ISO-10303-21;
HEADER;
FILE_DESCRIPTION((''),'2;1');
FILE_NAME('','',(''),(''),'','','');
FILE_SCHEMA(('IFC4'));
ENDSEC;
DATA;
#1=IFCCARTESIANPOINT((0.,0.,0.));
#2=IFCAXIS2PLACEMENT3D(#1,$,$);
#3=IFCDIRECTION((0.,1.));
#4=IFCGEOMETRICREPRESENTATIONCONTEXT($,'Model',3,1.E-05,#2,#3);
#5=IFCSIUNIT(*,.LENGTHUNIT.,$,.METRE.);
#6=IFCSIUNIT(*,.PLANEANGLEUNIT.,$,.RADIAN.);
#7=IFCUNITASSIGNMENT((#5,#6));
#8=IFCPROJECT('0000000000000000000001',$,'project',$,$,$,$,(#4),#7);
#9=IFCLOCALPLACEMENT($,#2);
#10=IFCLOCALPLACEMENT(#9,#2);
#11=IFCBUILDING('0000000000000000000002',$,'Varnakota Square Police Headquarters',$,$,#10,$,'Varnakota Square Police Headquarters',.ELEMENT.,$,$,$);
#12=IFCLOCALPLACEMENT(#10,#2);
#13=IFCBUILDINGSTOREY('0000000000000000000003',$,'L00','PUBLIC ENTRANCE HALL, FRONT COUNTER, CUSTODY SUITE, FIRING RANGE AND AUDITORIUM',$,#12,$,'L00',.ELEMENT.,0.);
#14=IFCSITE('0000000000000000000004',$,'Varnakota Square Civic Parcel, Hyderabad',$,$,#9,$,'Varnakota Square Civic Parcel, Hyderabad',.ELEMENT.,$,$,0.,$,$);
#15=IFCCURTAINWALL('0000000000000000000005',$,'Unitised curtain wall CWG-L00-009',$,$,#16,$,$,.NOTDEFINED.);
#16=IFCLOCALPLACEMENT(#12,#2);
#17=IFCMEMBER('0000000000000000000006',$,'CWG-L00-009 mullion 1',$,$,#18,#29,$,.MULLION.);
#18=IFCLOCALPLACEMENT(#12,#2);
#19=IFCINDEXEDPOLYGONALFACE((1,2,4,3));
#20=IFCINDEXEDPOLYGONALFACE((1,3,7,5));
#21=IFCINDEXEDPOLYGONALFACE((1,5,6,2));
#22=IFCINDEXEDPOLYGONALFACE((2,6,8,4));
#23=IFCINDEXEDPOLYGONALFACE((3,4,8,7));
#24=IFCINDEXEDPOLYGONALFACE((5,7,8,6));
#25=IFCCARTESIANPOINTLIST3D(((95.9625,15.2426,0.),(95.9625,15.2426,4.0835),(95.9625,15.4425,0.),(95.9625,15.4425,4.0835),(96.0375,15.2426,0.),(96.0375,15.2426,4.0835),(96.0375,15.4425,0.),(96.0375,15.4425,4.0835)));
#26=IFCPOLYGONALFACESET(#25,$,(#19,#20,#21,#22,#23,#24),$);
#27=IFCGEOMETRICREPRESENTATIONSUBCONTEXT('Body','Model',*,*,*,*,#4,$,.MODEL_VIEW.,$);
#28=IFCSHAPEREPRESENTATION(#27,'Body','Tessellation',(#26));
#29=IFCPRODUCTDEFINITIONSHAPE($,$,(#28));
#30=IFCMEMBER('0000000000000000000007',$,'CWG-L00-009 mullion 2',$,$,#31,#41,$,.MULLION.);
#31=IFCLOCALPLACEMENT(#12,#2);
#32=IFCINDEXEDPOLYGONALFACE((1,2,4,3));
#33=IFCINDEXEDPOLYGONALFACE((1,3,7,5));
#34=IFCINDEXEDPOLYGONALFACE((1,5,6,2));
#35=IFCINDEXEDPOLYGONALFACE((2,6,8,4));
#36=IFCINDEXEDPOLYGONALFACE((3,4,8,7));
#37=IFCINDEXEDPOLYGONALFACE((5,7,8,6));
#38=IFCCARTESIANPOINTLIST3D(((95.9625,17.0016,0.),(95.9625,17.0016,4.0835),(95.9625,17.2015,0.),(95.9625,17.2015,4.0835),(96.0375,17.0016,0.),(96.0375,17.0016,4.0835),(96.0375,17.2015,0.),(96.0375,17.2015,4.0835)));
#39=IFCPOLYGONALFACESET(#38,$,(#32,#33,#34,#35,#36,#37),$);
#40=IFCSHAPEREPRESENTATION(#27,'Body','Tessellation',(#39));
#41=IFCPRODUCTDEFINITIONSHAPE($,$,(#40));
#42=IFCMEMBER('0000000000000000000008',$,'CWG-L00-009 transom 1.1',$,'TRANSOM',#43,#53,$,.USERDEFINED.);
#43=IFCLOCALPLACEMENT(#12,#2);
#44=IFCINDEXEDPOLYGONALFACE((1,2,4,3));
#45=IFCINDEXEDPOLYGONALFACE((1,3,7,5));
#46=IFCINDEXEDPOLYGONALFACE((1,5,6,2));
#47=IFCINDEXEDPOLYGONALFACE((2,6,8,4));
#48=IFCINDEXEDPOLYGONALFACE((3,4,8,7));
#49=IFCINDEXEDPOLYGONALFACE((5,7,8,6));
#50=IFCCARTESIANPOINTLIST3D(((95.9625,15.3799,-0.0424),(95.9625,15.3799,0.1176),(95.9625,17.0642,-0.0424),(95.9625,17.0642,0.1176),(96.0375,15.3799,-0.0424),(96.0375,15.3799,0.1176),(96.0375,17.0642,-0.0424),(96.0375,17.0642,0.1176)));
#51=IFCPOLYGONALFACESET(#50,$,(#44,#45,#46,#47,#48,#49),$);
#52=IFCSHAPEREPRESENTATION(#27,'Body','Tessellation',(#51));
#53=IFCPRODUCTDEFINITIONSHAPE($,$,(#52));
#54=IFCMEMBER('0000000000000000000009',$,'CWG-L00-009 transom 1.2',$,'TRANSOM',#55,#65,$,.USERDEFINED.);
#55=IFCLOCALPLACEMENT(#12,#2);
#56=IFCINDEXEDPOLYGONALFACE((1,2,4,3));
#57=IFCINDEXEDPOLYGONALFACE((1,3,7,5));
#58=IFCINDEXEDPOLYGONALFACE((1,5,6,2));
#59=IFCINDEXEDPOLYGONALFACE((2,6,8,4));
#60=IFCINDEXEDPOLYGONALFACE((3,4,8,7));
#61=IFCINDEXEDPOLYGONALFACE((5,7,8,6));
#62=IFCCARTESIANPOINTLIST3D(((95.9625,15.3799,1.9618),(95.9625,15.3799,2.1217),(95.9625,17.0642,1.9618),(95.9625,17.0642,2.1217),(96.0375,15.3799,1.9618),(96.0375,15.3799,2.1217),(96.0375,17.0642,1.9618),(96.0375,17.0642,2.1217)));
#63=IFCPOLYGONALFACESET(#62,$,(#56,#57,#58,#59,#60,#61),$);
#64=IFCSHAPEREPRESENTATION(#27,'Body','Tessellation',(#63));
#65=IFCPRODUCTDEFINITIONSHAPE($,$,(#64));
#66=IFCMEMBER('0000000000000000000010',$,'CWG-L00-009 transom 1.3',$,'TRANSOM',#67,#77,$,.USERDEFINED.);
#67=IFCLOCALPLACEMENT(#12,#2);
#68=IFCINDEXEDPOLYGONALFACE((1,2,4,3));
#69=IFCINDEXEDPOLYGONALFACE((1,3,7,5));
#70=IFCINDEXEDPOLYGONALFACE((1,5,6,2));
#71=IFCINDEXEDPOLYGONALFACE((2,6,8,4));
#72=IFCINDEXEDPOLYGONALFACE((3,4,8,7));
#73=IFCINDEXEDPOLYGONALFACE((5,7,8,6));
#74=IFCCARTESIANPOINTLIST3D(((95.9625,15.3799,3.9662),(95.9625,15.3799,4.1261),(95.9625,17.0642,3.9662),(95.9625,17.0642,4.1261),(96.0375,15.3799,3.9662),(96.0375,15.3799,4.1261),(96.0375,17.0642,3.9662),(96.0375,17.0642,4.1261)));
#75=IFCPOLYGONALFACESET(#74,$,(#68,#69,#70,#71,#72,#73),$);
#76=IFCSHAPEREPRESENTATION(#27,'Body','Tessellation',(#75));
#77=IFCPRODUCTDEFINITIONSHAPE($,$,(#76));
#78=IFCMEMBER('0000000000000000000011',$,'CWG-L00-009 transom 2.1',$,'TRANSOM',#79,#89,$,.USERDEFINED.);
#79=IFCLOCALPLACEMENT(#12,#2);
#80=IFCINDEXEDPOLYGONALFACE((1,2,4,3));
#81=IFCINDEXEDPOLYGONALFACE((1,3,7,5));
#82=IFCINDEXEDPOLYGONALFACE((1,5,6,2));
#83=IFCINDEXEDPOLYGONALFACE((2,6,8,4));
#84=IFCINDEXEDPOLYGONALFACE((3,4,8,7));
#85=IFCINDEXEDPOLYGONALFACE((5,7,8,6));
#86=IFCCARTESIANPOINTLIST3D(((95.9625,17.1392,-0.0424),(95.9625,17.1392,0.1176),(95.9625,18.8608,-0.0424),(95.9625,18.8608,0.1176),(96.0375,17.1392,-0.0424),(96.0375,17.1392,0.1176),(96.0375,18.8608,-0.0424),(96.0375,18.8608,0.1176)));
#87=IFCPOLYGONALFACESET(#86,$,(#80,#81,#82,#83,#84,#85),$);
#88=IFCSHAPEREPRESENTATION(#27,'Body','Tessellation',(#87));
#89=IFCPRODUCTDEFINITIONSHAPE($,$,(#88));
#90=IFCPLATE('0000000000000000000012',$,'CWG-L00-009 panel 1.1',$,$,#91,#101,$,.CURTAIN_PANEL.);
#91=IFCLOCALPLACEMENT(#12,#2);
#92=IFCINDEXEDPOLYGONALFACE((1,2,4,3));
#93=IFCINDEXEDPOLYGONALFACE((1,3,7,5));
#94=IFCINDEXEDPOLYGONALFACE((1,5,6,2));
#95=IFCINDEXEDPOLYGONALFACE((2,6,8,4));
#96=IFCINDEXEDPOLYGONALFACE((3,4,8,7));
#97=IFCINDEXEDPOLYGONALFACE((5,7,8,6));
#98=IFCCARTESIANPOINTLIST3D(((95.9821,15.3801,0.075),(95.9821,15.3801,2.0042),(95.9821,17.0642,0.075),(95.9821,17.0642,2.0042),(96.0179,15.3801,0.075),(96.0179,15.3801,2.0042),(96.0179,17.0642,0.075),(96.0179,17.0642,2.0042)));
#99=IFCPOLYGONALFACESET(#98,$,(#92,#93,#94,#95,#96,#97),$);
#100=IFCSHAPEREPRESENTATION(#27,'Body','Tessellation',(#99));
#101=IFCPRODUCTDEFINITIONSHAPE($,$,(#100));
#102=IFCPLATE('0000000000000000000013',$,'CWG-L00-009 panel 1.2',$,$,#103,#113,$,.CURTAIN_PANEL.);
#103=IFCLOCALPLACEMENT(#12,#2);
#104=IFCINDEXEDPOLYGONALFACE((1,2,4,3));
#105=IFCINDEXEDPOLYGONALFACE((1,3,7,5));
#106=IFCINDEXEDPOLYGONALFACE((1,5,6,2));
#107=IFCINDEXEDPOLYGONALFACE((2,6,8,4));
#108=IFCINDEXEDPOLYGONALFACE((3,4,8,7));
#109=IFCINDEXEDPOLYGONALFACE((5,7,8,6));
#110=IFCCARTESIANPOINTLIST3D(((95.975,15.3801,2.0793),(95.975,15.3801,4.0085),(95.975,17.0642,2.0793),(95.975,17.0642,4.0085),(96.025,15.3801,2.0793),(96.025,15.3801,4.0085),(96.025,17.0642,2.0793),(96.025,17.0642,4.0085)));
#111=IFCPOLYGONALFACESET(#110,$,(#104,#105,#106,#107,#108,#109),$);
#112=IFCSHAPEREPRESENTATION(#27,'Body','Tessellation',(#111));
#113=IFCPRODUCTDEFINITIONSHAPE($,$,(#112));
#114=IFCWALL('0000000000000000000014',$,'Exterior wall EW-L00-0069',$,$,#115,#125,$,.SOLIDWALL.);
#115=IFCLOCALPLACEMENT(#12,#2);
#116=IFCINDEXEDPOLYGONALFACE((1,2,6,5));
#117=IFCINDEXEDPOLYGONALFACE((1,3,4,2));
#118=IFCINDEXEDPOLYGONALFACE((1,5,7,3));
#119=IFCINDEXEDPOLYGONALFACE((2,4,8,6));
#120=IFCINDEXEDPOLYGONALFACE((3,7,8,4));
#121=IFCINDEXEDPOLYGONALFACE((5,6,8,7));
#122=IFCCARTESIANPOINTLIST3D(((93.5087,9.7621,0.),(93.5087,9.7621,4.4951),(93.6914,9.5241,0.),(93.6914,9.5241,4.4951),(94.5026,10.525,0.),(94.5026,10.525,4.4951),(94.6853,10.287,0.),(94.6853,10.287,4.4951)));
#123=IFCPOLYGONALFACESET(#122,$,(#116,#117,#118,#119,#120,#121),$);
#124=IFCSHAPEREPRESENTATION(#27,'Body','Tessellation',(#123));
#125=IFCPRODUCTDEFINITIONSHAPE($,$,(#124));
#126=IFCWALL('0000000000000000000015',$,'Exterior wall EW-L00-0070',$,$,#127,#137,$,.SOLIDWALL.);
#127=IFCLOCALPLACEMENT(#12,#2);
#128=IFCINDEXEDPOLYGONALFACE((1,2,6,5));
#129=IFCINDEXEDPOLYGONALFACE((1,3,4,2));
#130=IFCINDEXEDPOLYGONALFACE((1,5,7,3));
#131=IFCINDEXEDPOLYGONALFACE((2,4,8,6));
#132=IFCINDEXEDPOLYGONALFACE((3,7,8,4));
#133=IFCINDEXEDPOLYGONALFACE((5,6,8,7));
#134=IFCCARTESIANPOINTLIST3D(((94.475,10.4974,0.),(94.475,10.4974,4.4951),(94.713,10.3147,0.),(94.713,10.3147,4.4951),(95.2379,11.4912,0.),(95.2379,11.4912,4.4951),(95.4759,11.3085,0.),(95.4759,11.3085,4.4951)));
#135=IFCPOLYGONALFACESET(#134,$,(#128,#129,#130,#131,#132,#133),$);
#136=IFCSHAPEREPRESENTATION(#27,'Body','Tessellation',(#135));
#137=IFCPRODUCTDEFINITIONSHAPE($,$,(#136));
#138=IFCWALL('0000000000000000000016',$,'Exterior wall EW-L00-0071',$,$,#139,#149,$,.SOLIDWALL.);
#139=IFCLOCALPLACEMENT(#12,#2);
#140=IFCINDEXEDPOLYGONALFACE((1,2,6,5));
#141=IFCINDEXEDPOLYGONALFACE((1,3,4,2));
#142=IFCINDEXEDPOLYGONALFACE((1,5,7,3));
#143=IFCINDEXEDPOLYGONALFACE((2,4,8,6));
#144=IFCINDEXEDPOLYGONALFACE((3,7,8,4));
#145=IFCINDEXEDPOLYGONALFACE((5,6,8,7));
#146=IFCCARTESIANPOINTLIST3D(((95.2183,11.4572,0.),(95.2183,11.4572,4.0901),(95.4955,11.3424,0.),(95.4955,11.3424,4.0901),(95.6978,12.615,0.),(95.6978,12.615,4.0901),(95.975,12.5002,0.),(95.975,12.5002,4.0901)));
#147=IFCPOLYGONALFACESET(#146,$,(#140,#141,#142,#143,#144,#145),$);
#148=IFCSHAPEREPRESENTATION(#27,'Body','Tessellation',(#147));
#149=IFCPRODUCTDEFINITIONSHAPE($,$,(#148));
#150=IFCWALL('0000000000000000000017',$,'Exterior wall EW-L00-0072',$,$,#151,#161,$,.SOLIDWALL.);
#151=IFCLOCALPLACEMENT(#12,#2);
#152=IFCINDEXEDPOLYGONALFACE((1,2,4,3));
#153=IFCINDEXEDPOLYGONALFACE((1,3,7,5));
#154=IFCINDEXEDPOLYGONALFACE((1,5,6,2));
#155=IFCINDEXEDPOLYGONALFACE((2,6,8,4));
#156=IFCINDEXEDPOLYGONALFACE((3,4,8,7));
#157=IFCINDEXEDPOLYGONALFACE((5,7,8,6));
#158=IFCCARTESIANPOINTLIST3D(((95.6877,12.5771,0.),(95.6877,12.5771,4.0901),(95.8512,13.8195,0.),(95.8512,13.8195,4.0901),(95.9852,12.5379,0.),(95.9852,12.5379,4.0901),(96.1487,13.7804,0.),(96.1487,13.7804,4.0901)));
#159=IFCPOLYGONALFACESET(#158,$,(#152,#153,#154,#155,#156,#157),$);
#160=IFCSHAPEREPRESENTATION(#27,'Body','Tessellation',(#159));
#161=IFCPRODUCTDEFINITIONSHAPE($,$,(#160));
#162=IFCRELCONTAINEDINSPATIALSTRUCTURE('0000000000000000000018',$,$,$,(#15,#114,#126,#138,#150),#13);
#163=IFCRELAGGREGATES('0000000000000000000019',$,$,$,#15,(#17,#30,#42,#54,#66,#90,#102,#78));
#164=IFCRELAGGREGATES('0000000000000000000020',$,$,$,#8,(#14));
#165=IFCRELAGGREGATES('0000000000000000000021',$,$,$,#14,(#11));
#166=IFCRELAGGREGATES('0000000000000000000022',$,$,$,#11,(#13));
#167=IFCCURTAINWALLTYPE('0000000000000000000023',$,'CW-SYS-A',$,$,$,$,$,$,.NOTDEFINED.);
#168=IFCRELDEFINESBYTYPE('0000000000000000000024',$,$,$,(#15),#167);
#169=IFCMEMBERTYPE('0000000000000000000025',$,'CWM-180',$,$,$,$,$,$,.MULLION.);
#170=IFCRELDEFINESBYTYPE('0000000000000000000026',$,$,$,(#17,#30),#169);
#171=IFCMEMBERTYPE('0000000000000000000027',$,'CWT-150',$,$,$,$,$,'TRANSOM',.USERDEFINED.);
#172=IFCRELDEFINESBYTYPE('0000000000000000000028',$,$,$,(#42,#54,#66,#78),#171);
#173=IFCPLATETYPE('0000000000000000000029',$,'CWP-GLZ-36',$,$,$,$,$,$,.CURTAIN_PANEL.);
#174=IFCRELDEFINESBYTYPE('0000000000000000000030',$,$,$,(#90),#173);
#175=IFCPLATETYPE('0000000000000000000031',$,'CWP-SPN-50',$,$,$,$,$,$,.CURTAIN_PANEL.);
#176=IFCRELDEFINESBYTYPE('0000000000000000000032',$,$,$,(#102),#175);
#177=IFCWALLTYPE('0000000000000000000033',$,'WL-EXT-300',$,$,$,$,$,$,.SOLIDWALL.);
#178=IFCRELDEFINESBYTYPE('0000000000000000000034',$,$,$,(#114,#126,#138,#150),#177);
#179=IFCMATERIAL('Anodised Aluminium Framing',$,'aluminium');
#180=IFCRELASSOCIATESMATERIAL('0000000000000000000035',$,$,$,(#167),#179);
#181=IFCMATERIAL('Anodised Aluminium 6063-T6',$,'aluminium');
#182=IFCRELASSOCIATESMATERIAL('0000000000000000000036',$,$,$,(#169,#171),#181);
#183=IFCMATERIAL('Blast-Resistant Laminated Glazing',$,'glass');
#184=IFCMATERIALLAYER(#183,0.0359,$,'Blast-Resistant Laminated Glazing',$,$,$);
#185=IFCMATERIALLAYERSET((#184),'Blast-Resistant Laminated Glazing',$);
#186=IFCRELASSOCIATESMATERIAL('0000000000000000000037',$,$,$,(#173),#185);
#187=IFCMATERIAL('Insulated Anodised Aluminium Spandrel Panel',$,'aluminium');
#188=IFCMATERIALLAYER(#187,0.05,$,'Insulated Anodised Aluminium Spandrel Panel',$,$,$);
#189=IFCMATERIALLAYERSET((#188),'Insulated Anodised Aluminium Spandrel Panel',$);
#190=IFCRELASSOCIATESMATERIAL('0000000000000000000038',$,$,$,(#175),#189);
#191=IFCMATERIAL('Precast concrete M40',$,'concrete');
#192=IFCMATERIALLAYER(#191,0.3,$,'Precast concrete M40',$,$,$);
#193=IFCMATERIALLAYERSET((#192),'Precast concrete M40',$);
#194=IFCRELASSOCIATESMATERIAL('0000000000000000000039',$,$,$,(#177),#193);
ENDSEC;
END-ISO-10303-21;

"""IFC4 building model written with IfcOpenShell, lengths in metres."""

from ifc_helpers import new_model, si_unit, direction, frame, frame_2d, origin, origin_2d, place, context, subcontext, project, spatial, rectangle, extrude, material, layer, layer_set, material_profile, profile_set, type_object, element, aggregate, save


model = new_model("IFC4")

# Units and contexts
model_context = context("Model", 3, precision=1e-05, world=origin(), true_north=direction((0.0, 1.0)))
body_context = subcontext(model_context, "Body", "Model", "MODEL_VIEW")
ifc_project = project(units=[si_unit("LENGTHUNIT", "METRE"), si_unit("PLANEANGLEUNIT", "RADIAN")], contexts=[model_context])

# Site, building, storey
site_placement = place(None, origin())
site = spatial("IfcSite", under=ifc_project, at=site_placement, Name="Varnakota Square Civic Parcel, Hyderabad", LongName="Varnakota Square Civic Parcel, Hyderabad", CompositionType="ELEMENT", RefElevation=0.0)
building_placement = place(site_placement, origin())
building = spatial("IfcBuilding", under=site, at=building_placement, Name="Varnakota Square Police Headquarters", LongName="Varnakota Square Police Headquarters", CompositionType="ELEMENT")
storey_placement = place(building_placement, origin())
storey = spatial("IfcBuildingStorey", under=building, at=storey_placement, Name="L00", Description="PUBLIC ENTRANCE HALL, FRONT COUNTER, CUSTODY SUITE, FIRING RANGE AND AUDITORIUM", LongName="L00", CompositionType="ELEMENT", Elevation=0.0)

# Curtain wall, members, plates
ifc_material_1 = material(Name="Anodised Aluminium Framing", Category="aluminium")
curtain_wall_type = type_object("IfcCurtainWallType", Name="CW-SYS-A", PredefinedType="NOTDEFINED", material=ifc_material_1)
curtain_wall_placement = place(storey_placement, origin())
curtain_wall = element("IfcCurtainWall", 1, at=curtain_wall_placement, inside=storey, type_object=curtain_wall_type, Name="Unitised curtain wall CWG-L00-009", PredefinedType="NOTDEFINED")
ifc_material_2 = material(Name="Anodised Aluminium 6063-T6", Category="aluminium")
ifc_material_profile_1 = material_profile(ifc_material_2, rectangle(XDim=0.075, YDim=0.2, at=origin_2d()), Name="ALU MULLION 75x200")
ifc_profile_set_1 = profile_set([ifc_material_profile_1], Name="Anodised Aluminium 6063-T6")
member_type_1 = type_object("IfcMemberType", Name="CWM-180", PredefinedType="MULLION", material=ifc_profile_set_1)
member_1_placement = place(storey_placement, frame((96.0, 15.3425, 0.0), z_axis=(0.0, 0.0, 1.0), x_axis=(-1.0, 0.0, 0.0)))
member_1 = element("IfcMember", 2, at=member_1_placement, type_object=member_type_1, Name="CWG-L00-009 mullion 1", PredefinedType="MULLION", context=body_context, shape_type="SweptSolid", body=[
    extrude(rectangle(XDim=0.075, YDim=0.2, at=origin_2d()), origin(), (0.0, 0.0, 1.0), 4.0835),
])
member_2_placement = place(storey_placement, frame((96.0, 17.1016, 0.0), z_axis=(0.0, 0.0, 1.0), x_axis=(-1.0, 0.0, 0.0)))
member_2 = element("IfcMember", 3, at=member_2_placement, type_object=member_type_1, Name="CWG-L00-009 mullion 2", PredefinedType="MULLION", context=body_context, shape_type="SweptSolid", body=[
    extrude(rectangle(XDim=0.075, YDim=0.2, at=origin_2d()), origin(), (0.0, 0.0, 1.0), 4.0835),
])
ifc_material_profile_2 = material_profile(ifc_material_2, rectangle(XDim=0.075, YDim=0.1599, at=origin_2d()), Name="ALU TRANSOM 75x160")
ifc_profile_set_2 = profile_set([ifc_material_profile_2], Name="Anodised Aluminium 6063-T6")
member_type_2 = type_object("IfcMemberType", Name="CWT-150", ElementType="TRANSOM", PredefinedType="USERDEFINED", material=ifc_profile_set_2)
member_3_placement = place(storey_placement, frame((96.0, 15.3799, 0.0376), z_axis=(0.0, 1.0, 0.0), x_axis=(-1.0, 0.0, 0.0)))
member_3 = element("IfcMember", 4, at=member_3_placement, type_object=member_type_2, Name="CWG-L00-009 transom 1.1", ObjectType="TRANSOM", PredefinedType="USERDEFINED", context=body_context, shape_type="SweptSolid", body=[
    extrude(rectangle(XDim=0.075, YDim=0.1599, at=origin_2d()), origin(), (0.0, 0.0, 1.0), 1.6843),
])
member_4_placement = place(storey_placement, frame((96.0, 15.3799, 2.0417), z_axis=(0.0, 1.0, 0.0), x_axis=(-1.0, 0.0, 0.0)))
member_4 = element("IfcMember", 5, at=member_4_placement, type_object=member_type_2, Name="CWG-L00-009 transom 1.2", ObjectType="TRANSOM", PredefinedType="USERDEFINED", context=body_context, shape_type="SweptSolid", body=[
    extrude(rectangle(XDim=0.075, YDim=0.1599, at=origin_2d()), origin(), (0.0, 0.0, 1.0), 1.6843),
])
member_5_placement = place(storey_placement, frame((96.0, 15.3799, 4.0461), z_axis=(0.0, 1.0, 0.0), x_axis=(-1.0, 0.0, 0.0)))
member_5 = element("IfcMember", 6, at=member_5_placement, type_object=member_type_2, Name="CWG-L00-009 transom 1.3", ObjectType="TRANSOM", PredefinedType="USERDEFINED", context=body_context, shape_type="SweptSolid", body=[
    extrude(rectangle(XDim=0.075, YDim=0.1599, at=origin_2d()), origin(), (0.0, 0.0, 1.0), 1.6843),
])
member_6_placement = place(storey_placement, frame((96.0, 17.1392, 0.0376), z_axis=(0.0, 1.0, 0.0), x_axis=(-1.0, 0.0, 0.0)))
member_6 = element("IfcMember", 7, at=member_6_placement, type_object=member_type_2, Name="CWG-L00-009 transom 2.1", ObjectType="TRANSOM", PredefinedType="USERDEFINED", context=body_context, shape_type="SweptSolid", body=[
    extrude(rectangle(XDim=0.075, YDim=0.1599, at=origin_2d()), origin(), (0.0, 0.0, 1.0), 1.7217),
])
ifc_material_3 = material(Name="Blast-Resistant Laminated Glazing", Category="glass")
ifc_layer_1 = layer(ifc_material_3, 0.0359, Name="Blast-Resistant Laminated Glazing")
ifc_layer_set_1 = layer_set([ifc_layer_1], Name="Blast-Resistant Laminated Glazing")
plate_type_1 = type_object("IfcPlateType", Name="CWP-GLZ-36", PredefinedType="CURTAIN_PANEL", material=ifc_layer_set_1)
plate_1_placement = place(storey_placement, frame((96.0, 16.2222, 0.075), z_axis=(0.0, 0.0, 1.0), x_axis=(0.0, 1.0, 0.0)))
plate_1 = element("IfcPlate", 8, at=plate_1_placement, type_object=plate_type_1, Name="CWG-L00-009 panel 1.1", PredefinedType="CURTAIN_PANEL", context=body_context, shape_type="SweptSolid", body=[
    extrude(rectangle(XDim=1.6841, YDim=0.0359, at=origin_2d()), origin(), (0.0, 0.0, 1.0), 1.9292),
])
ifc_material_4 = material(Name="Insulated Anodised Aluminium Spandrel Panel", Category="aluminium")
ifc_layer_2 = layer(ifc_material_4, 0.05, Name="Insulated Anodised Aluminium Spandrel Panel")
ifc_layer_set_2 = layer_set([ifc_layer_2], Name="Insulated Anodised Aluminium Spandrel Panel")
plate_type_2 = type_object("IfcPlateType", Name="CWP-SPN-50", PredefinedType="CURTAIN_PANEL", material=ifc_layer_set_2)
plate_2_placement = place(storey_placement, frame((96.0, 16.2222, 2.0793), z_axis=(0.0, 0.0, 1.0), x_axis=(0.0, 1.0, 0.0)))
plate_2 = element("IfcPlate", 9, at=plate_2_placement, type_object=plate_type_2, Name="CWG-L00-009 panel 1.2", PredefinedType="CURTAIN_PANEL", context=body_context, shape_type="SweptSolid", body=[
    extrude(rectangle(XDim=1.6841, YDim=0.05, at=origin_2d()), origin(), (0.0, 0.0, 1.0), 1.9292),
])
aggregate(curtain_wall, [member_1, member_2, member_3, member_4, member_5, plate_1, plate_2, member_6])

# Walls
ifc_material_5 = material(Name="Precast concrete M40", Category="concrete")
ifc_layer_3 = layer(ifc_material_5, 0.3, Name="Precast concrete M40")
ifc_layer_set_3 = layer_set([ifc_layer_3], Name="Precast concrete M40")
wall_type_1 = type_object("IfcWallType", Name="WL-EXT-300", PredefinedType="SOLIDWALL", material=ifc_layer_set_3)
for number, where, z_axis, x_axis, name in (
    (10, (93.6001, 9.6431, 0.0), (0.0, 0.0, 1.0), (0.793239, 0.60891, 0.0), "Exterior wall EW-L00-0069"),
    (11, (94.594, 10.406, 0.0), (0.0, 0.0, 1.0), (0.60891, 0.793239, 0.0), "Exterior wall EW-L00-0070"),
):
    element("IfcWall", number, at=place(storey_placement, frame(where, z_axis=z_axis, x_axis=x_axis)), inside=storey, type_object=wall_type_1, Name=name, PredefinedType="SOLIDWALL", context=body_context, shape_type="SweptSolid", body=[
        extrude(rectangle(XDim=1.2529, YDim=0.3, at=frame_2d((0.6265, 0.0))), origin(), (0.0, 0.0, 1.0), 4.4951),
    ])
for number, where, z_axis, x_axis, name in (
    (12, (95.3569, 11.3999, 0.0), (0.0, 0.0, 1.0), (0.38265, 0.923893, 0.0), "Exterior wall EW-L00-0071"),
    (13, (95.8364, 12.5576, 0.0), (0.0, 0.0, 1.0), (0.13053, 0.991444, 0.0), "Exterior wall EW-L00-0072"),
):
    element("IfcWall", number, at=place(storey_placement, frame(where, z_axis=z_axis, x_axis=x_axis)), inside=storey, type_object=wall_type_1, Name=name, PredefinedType="SOLIDWALL", context=body_context, shape_type="SweptSolid", body=[
        extrude(rectangle(XDim=1.2532, YDim=0.3, at=frame_2d((0.6265, 0.0))), origin(), (0.0, 0.0, 1.0), 4.0901),
    ])

save(model, "model.ifc")
